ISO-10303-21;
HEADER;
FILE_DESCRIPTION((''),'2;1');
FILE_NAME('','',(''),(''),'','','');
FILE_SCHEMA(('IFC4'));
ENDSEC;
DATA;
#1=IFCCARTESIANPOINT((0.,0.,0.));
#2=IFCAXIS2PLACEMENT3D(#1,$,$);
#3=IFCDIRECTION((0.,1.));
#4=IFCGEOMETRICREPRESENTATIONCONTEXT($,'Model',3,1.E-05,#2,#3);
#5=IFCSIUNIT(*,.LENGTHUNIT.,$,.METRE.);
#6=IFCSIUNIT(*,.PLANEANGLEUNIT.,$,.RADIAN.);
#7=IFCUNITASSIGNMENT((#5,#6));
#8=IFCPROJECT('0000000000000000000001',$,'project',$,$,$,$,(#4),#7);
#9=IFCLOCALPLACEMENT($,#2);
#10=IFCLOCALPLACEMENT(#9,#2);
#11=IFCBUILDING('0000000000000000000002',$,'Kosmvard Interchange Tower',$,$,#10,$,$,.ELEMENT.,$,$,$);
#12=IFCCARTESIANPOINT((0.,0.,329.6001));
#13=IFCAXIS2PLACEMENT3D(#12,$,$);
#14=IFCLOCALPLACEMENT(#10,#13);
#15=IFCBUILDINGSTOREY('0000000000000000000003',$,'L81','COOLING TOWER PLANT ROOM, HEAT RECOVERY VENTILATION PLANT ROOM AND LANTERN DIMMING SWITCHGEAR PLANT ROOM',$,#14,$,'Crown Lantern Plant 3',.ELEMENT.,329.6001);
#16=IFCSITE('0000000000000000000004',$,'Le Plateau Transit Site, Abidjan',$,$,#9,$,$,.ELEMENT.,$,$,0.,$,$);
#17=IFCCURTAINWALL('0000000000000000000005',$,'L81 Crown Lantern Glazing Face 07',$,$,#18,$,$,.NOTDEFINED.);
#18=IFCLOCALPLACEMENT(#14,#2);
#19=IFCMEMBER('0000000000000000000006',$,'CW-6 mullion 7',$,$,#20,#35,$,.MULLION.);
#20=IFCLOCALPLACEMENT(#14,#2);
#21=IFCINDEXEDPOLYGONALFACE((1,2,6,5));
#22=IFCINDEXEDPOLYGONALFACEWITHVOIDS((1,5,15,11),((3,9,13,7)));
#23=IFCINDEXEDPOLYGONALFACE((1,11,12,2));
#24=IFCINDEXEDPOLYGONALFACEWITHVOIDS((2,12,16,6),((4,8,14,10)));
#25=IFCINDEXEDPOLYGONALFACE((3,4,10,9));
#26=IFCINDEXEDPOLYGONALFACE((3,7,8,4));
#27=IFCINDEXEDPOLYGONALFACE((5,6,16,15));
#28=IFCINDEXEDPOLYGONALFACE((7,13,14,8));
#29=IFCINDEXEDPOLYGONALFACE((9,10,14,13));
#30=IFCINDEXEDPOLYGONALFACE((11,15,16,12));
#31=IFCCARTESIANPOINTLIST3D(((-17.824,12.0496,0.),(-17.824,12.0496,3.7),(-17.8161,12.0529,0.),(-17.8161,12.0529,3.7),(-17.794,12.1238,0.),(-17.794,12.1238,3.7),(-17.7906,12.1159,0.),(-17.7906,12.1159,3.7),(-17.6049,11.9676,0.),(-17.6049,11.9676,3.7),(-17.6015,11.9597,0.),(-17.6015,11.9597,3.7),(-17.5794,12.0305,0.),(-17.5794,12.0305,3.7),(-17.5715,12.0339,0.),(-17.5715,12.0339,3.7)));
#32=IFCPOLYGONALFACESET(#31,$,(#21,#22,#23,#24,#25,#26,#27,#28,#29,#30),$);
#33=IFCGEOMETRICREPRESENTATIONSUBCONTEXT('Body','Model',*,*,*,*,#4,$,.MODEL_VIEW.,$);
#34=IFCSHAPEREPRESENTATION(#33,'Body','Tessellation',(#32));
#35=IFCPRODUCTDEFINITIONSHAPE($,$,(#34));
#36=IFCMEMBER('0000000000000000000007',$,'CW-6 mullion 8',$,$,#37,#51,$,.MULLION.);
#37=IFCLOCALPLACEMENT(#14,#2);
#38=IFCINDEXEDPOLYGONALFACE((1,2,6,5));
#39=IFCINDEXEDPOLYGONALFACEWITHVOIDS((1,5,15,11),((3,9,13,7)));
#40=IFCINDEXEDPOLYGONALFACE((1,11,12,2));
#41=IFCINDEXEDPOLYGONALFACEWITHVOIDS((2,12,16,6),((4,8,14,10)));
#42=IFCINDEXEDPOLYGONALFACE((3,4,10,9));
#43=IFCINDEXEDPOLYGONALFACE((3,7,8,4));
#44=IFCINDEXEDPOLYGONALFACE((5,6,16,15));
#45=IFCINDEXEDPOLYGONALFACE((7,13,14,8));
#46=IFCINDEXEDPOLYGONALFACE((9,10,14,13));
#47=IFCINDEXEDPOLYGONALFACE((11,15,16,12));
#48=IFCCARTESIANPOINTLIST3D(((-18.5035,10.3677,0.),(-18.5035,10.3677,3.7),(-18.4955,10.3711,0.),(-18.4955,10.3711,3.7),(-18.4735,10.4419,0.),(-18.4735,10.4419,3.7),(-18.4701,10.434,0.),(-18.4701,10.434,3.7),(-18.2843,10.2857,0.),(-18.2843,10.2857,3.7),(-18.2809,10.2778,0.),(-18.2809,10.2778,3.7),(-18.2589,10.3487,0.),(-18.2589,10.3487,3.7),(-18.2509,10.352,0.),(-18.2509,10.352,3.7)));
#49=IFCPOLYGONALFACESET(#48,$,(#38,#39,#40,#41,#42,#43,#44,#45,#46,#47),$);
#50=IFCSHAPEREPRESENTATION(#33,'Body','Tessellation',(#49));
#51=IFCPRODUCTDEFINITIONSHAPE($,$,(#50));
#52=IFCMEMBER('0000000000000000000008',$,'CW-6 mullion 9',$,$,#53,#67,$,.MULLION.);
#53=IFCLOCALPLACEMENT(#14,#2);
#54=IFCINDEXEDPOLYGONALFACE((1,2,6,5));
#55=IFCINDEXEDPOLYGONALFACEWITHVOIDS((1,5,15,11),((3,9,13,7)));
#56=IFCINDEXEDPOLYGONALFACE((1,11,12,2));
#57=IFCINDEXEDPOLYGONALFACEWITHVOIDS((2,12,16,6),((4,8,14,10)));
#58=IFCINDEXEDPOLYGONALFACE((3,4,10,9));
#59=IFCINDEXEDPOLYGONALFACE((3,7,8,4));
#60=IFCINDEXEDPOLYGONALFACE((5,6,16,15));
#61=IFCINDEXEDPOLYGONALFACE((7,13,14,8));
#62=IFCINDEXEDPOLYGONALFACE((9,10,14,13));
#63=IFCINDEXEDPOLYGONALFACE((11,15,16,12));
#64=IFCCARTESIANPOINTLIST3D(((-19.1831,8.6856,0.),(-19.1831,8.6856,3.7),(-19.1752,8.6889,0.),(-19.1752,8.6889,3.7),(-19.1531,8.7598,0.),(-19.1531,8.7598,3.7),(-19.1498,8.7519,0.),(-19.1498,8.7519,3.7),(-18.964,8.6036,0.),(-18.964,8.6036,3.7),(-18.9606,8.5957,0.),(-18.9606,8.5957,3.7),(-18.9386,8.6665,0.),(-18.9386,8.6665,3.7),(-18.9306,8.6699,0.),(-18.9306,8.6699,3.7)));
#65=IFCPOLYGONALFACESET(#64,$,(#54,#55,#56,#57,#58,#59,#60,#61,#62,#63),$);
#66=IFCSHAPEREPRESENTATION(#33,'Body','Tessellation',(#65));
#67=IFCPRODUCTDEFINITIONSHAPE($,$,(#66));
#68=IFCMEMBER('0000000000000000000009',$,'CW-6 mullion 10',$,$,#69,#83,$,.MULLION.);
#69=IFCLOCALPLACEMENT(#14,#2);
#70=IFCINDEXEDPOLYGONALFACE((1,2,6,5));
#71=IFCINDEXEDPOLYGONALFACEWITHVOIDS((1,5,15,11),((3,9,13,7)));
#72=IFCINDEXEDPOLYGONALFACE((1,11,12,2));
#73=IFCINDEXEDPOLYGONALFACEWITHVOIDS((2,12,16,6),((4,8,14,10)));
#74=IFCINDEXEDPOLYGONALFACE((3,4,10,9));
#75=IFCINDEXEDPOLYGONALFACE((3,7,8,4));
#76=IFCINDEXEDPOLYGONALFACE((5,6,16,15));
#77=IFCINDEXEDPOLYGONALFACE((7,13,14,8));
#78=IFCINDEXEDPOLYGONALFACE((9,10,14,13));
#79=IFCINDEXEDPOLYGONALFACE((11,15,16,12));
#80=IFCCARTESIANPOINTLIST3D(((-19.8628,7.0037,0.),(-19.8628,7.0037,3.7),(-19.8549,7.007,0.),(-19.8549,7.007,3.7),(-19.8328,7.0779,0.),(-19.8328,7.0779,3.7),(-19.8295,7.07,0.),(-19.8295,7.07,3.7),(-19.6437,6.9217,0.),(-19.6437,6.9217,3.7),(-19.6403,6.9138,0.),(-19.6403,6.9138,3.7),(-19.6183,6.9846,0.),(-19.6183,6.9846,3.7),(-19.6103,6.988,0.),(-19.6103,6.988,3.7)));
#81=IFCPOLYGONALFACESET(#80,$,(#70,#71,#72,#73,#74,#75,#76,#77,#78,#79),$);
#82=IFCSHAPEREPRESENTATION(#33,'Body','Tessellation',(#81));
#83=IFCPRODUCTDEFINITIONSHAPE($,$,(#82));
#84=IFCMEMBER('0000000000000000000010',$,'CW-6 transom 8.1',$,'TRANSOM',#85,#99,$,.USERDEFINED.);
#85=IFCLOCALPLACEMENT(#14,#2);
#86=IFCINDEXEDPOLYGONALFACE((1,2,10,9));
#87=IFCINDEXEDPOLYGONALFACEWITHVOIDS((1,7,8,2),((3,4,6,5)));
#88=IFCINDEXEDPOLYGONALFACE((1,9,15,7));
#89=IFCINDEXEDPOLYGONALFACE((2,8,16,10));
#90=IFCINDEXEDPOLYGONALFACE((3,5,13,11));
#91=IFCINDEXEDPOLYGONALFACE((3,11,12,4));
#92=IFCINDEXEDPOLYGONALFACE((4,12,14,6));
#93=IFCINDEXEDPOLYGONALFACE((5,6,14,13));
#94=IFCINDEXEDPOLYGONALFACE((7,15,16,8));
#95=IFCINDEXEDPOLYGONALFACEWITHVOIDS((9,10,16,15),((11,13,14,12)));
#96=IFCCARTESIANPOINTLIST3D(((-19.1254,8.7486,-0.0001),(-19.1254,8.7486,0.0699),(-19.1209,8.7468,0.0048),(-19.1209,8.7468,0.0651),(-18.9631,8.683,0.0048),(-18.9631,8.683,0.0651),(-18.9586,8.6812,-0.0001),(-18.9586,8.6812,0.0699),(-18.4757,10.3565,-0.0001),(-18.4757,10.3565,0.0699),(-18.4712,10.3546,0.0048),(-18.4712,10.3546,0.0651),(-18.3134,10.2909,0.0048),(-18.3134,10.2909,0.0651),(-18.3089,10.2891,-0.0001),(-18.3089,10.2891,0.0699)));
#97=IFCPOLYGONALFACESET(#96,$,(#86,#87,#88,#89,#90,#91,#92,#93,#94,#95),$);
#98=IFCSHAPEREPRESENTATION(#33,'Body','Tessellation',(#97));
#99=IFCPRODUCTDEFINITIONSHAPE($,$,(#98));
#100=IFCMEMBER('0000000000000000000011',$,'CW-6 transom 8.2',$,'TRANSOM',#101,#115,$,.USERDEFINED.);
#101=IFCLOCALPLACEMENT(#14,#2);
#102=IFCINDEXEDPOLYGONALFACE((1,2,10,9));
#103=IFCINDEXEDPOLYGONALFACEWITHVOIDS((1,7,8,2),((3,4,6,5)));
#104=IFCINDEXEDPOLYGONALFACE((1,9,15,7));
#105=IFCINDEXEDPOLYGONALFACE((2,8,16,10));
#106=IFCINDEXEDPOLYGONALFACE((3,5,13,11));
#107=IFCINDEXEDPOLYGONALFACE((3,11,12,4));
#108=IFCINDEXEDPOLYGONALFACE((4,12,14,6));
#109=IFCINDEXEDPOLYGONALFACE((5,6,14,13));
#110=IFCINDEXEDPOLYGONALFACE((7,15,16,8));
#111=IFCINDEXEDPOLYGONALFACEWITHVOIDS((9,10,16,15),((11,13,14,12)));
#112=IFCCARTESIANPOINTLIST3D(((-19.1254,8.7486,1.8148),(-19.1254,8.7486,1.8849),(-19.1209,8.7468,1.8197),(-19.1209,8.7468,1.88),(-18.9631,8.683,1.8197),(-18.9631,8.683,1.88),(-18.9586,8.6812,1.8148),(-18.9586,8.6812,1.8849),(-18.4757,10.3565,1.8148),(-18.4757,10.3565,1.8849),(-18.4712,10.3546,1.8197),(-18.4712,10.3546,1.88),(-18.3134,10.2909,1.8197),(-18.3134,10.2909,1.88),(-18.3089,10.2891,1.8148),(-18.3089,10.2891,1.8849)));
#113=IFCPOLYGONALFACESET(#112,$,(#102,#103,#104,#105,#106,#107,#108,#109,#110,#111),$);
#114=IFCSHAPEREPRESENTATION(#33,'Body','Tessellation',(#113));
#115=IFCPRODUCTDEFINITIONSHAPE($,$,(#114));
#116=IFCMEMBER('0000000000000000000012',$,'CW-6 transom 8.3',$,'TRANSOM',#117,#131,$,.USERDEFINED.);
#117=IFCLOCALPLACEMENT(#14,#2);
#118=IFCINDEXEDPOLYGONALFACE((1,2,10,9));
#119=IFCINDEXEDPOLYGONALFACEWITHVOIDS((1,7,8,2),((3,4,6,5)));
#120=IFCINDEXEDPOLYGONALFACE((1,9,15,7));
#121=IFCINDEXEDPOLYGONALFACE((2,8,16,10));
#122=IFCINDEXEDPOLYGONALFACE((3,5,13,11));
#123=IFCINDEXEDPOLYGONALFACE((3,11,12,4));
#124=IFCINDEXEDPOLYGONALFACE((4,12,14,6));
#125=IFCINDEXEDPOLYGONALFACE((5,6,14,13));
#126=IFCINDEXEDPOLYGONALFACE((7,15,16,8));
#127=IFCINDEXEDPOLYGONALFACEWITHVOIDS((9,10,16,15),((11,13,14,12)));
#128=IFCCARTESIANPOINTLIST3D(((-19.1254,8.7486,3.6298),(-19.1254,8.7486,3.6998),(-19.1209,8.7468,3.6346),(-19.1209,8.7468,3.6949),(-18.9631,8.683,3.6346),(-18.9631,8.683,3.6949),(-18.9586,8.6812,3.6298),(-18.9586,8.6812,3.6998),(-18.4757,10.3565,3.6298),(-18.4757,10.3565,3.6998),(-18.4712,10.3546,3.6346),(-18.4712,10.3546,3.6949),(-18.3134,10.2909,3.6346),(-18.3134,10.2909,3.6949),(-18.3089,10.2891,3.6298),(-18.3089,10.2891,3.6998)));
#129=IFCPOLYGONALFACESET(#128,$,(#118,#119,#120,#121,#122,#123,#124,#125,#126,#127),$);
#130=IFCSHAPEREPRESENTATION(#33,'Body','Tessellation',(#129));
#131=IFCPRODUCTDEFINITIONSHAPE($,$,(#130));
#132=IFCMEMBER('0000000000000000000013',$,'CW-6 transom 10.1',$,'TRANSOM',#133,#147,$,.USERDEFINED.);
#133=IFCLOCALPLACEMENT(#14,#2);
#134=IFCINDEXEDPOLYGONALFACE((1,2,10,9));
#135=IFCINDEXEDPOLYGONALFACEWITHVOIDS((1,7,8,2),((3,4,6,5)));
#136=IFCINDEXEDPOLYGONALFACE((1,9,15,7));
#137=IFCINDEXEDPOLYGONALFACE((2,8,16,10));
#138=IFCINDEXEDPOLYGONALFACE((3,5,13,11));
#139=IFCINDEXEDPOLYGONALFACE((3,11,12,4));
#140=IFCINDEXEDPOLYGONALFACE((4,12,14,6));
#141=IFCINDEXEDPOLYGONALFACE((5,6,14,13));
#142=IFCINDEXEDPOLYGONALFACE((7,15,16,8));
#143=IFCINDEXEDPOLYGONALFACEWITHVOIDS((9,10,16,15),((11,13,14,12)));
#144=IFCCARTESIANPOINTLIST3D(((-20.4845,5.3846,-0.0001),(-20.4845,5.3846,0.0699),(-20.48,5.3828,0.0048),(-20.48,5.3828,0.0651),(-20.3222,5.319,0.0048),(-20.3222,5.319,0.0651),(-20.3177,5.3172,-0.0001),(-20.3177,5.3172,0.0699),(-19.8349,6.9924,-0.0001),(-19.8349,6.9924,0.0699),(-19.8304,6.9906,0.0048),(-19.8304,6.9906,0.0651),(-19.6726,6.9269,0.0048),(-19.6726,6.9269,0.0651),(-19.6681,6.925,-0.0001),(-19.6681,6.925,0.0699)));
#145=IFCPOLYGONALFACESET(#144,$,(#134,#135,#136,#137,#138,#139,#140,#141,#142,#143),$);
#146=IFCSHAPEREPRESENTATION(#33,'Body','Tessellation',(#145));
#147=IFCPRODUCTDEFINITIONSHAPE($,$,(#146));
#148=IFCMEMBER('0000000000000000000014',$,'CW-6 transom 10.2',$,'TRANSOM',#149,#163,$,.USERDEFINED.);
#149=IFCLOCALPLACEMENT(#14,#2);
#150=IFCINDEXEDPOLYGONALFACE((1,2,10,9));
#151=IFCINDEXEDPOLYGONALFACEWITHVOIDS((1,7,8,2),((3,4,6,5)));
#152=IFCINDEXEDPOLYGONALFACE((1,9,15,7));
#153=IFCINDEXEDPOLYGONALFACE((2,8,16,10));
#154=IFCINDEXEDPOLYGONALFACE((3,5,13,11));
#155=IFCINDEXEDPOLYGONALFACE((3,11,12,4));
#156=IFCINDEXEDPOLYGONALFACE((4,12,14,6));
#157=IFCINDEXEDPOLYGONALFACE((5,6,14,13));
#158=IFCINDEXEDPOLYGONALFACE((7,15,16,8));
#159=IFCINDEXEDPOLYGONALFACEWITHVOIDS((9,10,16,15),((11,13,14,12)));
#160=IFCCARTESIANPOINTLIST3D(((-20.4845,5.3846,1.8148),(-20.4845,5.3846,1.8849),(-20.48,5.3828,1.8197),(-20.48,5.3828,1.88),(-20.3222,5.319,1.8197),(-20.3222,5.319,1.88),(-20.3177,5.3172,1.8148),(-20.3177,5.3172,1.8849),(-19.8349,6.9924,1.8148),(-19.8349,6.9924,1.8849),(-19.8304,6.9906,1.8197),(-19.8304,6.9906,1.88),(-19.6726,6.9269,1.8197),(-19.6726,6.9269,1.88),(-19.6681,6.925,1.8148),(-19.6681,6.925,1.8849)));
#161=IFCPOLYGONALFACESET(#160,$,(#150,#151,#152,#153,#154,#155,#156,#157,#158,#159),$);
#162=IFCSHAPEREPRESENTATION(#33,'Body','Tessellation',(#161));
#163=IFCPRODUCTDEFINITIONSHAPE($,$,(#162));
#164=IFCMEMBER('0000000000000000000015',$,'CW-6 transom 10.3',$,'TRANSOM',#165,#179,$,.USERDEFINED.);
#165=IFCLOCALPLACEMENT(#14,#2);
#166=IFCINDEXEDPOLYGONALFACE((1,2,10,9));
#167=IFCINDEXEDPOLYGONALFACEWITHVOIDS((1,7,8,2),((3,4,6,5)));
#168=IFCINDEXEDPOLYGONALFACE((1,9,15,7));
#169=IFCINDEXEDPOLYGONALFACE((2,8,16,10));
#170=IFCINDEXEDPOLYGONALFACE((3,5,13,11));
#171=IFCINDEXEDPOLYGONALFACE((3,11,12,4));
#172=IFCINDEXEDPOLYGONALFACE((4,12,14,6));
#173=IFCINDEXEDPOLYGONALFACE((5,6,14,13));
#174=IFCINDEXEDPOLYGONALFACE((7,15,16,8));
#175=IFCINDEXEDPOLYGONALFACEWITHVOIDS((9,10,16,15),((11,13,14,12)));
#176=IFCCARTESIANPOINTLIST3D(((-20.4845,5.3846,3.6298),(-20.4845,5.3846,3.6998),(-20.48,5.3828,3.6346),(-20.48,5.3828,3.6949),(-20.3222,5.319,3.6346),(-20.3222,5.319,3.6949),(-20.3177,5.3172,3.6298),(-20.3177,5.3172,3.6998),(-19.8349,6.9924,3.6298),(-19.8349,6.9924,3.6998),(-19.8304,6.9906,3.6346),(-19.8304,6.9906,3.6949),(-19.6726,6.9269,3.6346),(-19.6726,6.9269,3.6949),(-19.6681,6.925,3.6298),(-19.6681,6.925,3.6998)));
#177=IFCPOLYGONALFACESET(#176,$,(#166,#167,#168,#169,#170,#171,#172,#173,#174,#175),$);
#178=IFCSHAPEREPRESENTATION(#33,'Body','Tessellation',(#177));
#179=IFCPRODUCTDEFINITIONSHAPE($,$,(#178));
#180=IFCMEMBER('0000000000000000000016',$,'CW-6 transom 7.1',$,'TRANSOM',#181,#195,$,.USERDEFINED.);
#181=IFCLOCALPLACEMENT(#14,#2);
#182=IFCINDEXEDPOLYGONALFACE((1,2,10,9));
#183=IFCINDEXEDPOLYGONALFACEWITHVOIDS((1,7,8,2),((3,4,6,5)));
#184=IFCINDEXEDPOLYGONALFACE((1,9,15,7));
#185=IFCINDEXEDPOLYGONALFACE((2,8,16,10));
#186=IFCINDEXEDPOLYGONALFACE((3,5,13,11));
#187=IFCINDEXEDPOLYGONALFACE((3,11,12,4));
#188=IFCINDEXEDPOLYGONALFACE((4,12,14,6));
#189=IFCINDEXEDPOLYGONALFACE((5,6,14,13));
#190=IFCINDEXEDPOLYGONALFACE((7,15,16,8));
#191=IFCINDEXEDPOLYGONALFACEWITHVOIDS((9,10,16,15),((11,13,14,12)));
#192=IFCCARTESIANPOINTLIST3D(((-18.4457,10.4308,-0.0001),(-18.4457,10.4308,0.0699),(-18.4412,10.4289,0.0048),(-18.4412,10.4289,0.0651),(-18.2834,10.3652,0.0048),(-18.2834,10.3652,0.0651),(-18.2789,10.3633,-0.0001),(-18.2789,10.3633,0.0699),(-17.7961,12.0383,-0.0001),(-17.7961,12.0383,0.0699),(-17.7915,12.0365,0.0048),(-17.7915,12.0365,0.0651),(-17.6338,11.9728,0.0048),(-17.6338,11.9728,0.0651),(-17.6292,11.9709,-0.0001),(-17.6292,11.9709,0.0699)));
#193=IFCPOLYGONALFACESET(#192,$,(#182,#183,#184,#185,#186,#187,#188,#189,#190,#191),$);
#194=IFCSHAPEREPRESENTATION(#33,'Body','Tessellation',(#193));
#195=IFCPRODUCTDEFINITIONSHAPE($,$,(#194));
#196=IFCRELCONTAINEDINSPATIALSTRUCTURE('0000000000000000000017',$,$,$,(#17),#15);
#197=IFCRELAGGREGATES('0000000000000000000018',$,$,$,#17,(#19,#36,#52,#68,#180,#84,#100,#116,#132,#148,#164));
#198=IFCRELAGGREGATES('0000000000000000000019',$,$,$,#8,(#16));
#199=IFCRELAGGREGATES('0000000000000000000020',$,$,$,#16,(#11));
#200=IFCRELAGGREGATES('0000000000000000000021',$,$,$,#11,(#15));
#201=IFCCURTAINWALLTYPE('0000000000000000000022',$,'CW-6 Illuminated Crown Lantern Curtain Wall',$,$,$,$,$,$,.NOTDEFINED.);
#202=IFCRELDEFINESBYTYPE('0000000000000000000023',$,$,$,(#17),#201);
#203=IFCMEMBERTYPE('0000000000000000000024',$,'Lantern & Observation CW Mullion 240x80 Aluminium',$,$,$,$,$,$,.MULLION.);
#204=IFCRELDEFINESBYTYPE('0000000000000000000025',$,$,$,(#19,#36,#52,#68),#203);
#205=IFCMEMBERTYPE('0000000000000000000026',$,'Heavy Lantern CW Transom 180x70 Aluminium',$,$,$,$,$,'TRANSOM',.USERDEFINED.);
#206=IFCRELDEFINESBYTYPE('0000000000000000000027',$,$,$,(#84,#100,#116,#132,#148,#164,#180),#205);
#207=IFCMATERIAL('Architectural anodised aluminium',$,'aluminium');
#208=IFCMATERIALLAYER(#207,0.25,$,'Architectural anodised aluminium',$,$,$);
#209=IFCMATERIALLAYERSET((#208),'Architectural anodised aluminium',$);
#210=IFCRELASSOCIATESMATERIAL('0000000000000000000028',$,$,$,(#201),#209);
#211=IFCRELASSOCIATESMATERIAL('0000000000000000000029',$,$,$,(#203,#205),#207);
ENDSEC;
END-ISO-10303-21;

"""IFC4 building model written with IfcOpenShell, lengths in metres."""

from ifc_helpers import new_model, si_unit, direction, frame, origin, origin_2d, place, context, subcontext, project, spatial, hollow_rectangle, extrude, source, transform, mapped, material, layer, layer_set, material_profile, profile_set, type_object, element, aggregate, save


model = new_model("IFC4")

# Units and contexts
model_context = context("Model", 3, precision=1e-05, world=origin(), true_north=direction((0.0, 1.0)))
body_context = subcontext(model_context, "Body", "Model", "MODEL_VIEW")
ifc_project = project(units=[si_unit("LENGTHUNIT", "METRE"), si_unit("PLANEANGLEUNIT", "RADIAN")], contexts=[model_context])

# Site, building, storey
site_placement = place(None, origin())
site = spatial("IfcSite", under=ifc_project, at=site_placement, Name="Le Plateau Transit Site, Abidjan", CompositionType="ELEMENT", RefElevation=0.0)
building_placement = place(site_placement, origin())
building = spatial("IfcBuilding", under=site, at=building_placement, Name="Kosmvard Interchange Tower", CompositionType="ELEMENT")
storey_placement = place(building_placement, frame((0.0, 0.0, 329.6001)))
storey = spatial("IfcBuildingStorey", under=building, at=storey_placement, Name="L81", Description="COOLING TOWER PLANT ROOM, HEAT RECOVERY VENTILATION PLANT ROOM AND LANTERN DIMMING SWITCHGEAR PLANT ROOM", LongName="Crown Lantern Plant 3", CompositionType="ELEMENT", Elevation=329.6001)

# Curtain wall, members
ifc_material_1 = material(Name="Architectural anodised aluminium", Category="aluminium")
ifc_layer_1 = layer(ifc_material_1, 0.25, Name="Architectural anodised aluminium")
ifc_layer_set_1 = layer_set([ifc_layer_1], Name="Architectural anodised aluminium")
curtain_wall_type = type_object("IfcCurtainWallType", Name="CW-6 Illuminated Crown Lantern Curtain Wall", PredefinedType="NOTDEFINED", material=ifc_layer_set_1)
curtain_wall_placement = place(storey_placement, origin())
curtain_wall = element("IfcCurtainWall", 1, at=curtain_wall_placement, inside=storey, type_object=curtain_wall_type, Name="L81 Crown Lantern Glazing Face 07", PredefinedType="NOTDEFINED")
ifc_material_profile_1 = material_profile(ifc_material_1, hollow_rectangle(XDim=0.24, YDim=0.0801, WallThickness=0.0061, at=origin_2d()), Name="CWM 240x80x6")
ifc_profile_set_1 = profile_set([ifc_material_profile_1], Name="Architectural anodised aluminium")
member_type_1 = type_object("IfcMemberType", Name="Lantern & Observation CW Mullion 240x80 Aluminium", PredefinedType="MULLION", material=ifc_profile_set_1)
shared_shape_1 = source(origin(), body_context, "Body", "SweptSolid", [
    extrude(hollow_rectangle(XDim=0.24, YDim=0.0801, WallThickness=0.0061, at=origin_2d()), origin(), (0.0, 0.0, 1.0), 3.7),
])
member_1_placement = place(storey_placement, frame((-17.6978, 12.0417, 0.0), z_axis=(0.0, 0.0, 1.0), x_axis=(0.927184, -0.374607, 0.0)))
member_1 = element("IfcMember", 2, at=member_1_placement, type_object=member_type_1, Name="CW-6 mullion 7", PredefinedType="MULLION", context=body_context, shape_type="MappedRepresentation", body=[
    mapped(shared_shape_1, transform((0.0, 0.0, 0.0), scale=1.0)),
])
member_2_placement = place(storey_placement, frame((-18.3772, 10.3599, 0.0), z_axis=(0.0, 0.0, 1.0), x_axis=(0.927184, -0.374607, 0.0)))
member_2 = element("IfcMember", 3, at=member_2_placement, type_object=member_type_1, Name="CW-6 mullion 8", PredefinedType="MULLION", context=body_context, shape_type="MappedRepresentation", body=[
    mapped(shared_shape_1, transform((0.0, 0.0, 0.0), scale=1.0)),
])
member_3_placement = place(storey_placement, frame((-19.0569, 8.6777, 0.0), z_axis=(0.0, 0.0, 1.0), x_axis=(0.927184, -0.374607, 0.0)))
member_3 = element("IfcMember", 4, at=member_3_placement, type_object=member_type_1, Name="CW-6 mullion 9", PredefinedType="MULLION", context=body_context, shape_type="MappedRepresentation", body=[
    mapped(shared_shape_1, transform((0.0, 0.0, 0.0), scale=1.0)),
])
member_4_placement = place(storey_placement, frame((-19.7366, 6.9958, 0.0), z_axis=(0.0, 0.0, 1.0), x_axis=(0.927184, -0.374607, 0.0)))
member_4 = element("IfcMember", 5, at=member_4_placement, type_object=member_type_1, Name="CW-6 mullion 10", PredefinedType="MULLION", context=body_context, shape_type="MappedRepresentation", body=[
    mapped(shared_shape_1, transform((0.0, 0.0, 0.0), scale=1.0)),
])
ifc_material_profile_2 = material_profile(ifc_material_1, hollow_rectangle(XDim=0.1799, YDim=0.0701, WallThickness=0.0049, at=origin_2d()), Name="CWT 180x70x5")
ifc_profile_set_2 = profile_set([ifc_material_profile_2], Name="Architectural anodised aluminium")
member_type_2 = type_object("IfcMemberType", Name="Heavy Lantern CW Transom 180x70 Aluminium", ElementType="TRANSOM", PredefinedType="USERDEFINED", material=ifc_profile_set_2)
shared_shape_2 = source(origin(), body_context, "Body", "SweptSolid", [
    extrude(hollow_rectangle(XDim=0.1799, YDim=0.0701, WallThickness=0.0049, at=origin_2d()), origin(), (0.0, 0.0, 1.0), 1.7341),
])
member_5_placement = place(storey_placement, frame((-18.3923, 10.3228, 0.0349), z_axis=(-0.374617, -0.92718, 0.0), x_axis=(0.92718, -0.374617, 0.0)))
member_5 = element("IfcMember", 6, at=member_5_placement, type_object=member_type_2, Name="CW-6 transom 8.1", ObjectType="TRANSOM", PredefinedType="USERDEFINED", context=body_context, shape_type="MappedRepresentation", body=[
    mapped(shared_shape_2, transform((0.0, 0.0, 0.0), scale=1.0)),
])
member_6_placement = place(storey_placement, frame((-18.3923, 10.3228, 1.8499), z_axis=(-0.374617, -0.92718, 0.0), x_axis=(0.92718, -0.374617, 0.0)))
member_6 = element("IfcMember", 7, at=member_6_placement, type_object=member_type_2, Name="CW-6 transom 8.2", ObjectType="TRANSOM", PredefinedType="USERDEFINED", context=body_context, shape_type="MappedRepresentation", body=[
    mapped(shared_shape_2, transform((0.0, 0.0, 0.0), scale=1.0)),
])
member_7_placement = place(storey_placement, frame((-18.3923, 10.3228, 3.6648), z_axis=(-0.374617, -0.92718, 0.0), x_axis=(0.92718, -0.374617, 0.0)))
member_7 = element("IfcMember", 8, at=member_7_placement, type_object=member_type_2, Name="CW-6 transom 8.3", ObjectType="TRANSOM", PredefinedType="USERDEFINED", context=body_context, shape_type="MappedRepresentation", body=[
    mapped(shared_shape_2, transform((0.0, 0.0, 0.0), scale=1.0)),
])
member_8_placement = place(storey_placement, frame((-19.7515, 6.9587, 0.0349), z_axis=(-0.374617, -0.92718, 0.0), x_axis=(0.92718, -0.374617, 0.0)))
member_8 = element("IfcMember", 9, at=member_8_placement, type_object=member_type_2, Name="CW-6 transom 10.1", ObjectType="TRANSOM", PredefinedType="USERDEFINED", context=body_context, shape_type="MappedRepresentation", body=[
    mapped(shared_shape_2, transform((0.0, 0.0, 0.0), scale=1.0)),
])
member_9_placement = place(storey_placement, frame((-19.7515, 6.9587, 1.8499), z_axis=(-0.374617, -0.92718, 0.0), x_axis=(0.92718, -0.374617, 0.0)))
member_9 = element("IfcMember", 10, at=member_9_placement, type_object=member_type_2, Name="CW-6 transom 10.2", ObjectType="TRANSOM", PredefinedType="USERDEFINED", context=body_context, shape_type="MappedRepresentation", body=[
    mapped(shared_shape_2, transform((0.0, 0.0, 0.0), scale=1.0)),
])
member_10_placement = place(storey_placement, frame((-19.7515, 6.9587, 3.6648), z_axis=(-0.374617, -0.92718, 0.0), x_axis=(0.92718, -0.374617, 0.0)))
member_10 = element("IfcMember", 11, at=member_10_placement, type_object=member_type_2, Name="CW-6 transom 10.3", ObjectType="TRANSOM", PredefinedType="USERDEFINED", context=body_context, shape_type="MappedRepresentation", body=[
    mapped(shared_shape_2, transform((0.0, 0.0, 0.0), scale=1.0)),
])
shared_shape_3 = source(origin(), body_context, "Body", "SweptSolid", [
    extrude(hollow_rectangle(XDim=0.1799, YDim=0.0701, WallThickness=0.0049, at=origin_2d()), origin(), (0.0, 0.0, 1.0), 1.7339),
])
member_11_placement = place(storey_placement, frame((-17.7126, 12.0046, 0.0349), z_axis=(-0.374666, -0.92716, 0.0), x_axis=(0.92716, -0.374666, 0.0)))
member_11 = element("IfcMember", 12, at=member_11_placement, type_object=member_type_2, Name="CW-6 transom 7.1", ObjectType="TRANSOM", PredefinedType="USERDEFINED", context=body_context, shape_type="MappedRepresentation", body=[
    mapped(shared_shape_3, transform((0.0, 0.0, 0.0), scale=1.0)),
])
aggregate(curtain_wall, [member_1, member_2, member_3, member_4, member_11, member_5, member_6, member_7, member_8, member_9, member_10])

save(model, "model.ifc")
